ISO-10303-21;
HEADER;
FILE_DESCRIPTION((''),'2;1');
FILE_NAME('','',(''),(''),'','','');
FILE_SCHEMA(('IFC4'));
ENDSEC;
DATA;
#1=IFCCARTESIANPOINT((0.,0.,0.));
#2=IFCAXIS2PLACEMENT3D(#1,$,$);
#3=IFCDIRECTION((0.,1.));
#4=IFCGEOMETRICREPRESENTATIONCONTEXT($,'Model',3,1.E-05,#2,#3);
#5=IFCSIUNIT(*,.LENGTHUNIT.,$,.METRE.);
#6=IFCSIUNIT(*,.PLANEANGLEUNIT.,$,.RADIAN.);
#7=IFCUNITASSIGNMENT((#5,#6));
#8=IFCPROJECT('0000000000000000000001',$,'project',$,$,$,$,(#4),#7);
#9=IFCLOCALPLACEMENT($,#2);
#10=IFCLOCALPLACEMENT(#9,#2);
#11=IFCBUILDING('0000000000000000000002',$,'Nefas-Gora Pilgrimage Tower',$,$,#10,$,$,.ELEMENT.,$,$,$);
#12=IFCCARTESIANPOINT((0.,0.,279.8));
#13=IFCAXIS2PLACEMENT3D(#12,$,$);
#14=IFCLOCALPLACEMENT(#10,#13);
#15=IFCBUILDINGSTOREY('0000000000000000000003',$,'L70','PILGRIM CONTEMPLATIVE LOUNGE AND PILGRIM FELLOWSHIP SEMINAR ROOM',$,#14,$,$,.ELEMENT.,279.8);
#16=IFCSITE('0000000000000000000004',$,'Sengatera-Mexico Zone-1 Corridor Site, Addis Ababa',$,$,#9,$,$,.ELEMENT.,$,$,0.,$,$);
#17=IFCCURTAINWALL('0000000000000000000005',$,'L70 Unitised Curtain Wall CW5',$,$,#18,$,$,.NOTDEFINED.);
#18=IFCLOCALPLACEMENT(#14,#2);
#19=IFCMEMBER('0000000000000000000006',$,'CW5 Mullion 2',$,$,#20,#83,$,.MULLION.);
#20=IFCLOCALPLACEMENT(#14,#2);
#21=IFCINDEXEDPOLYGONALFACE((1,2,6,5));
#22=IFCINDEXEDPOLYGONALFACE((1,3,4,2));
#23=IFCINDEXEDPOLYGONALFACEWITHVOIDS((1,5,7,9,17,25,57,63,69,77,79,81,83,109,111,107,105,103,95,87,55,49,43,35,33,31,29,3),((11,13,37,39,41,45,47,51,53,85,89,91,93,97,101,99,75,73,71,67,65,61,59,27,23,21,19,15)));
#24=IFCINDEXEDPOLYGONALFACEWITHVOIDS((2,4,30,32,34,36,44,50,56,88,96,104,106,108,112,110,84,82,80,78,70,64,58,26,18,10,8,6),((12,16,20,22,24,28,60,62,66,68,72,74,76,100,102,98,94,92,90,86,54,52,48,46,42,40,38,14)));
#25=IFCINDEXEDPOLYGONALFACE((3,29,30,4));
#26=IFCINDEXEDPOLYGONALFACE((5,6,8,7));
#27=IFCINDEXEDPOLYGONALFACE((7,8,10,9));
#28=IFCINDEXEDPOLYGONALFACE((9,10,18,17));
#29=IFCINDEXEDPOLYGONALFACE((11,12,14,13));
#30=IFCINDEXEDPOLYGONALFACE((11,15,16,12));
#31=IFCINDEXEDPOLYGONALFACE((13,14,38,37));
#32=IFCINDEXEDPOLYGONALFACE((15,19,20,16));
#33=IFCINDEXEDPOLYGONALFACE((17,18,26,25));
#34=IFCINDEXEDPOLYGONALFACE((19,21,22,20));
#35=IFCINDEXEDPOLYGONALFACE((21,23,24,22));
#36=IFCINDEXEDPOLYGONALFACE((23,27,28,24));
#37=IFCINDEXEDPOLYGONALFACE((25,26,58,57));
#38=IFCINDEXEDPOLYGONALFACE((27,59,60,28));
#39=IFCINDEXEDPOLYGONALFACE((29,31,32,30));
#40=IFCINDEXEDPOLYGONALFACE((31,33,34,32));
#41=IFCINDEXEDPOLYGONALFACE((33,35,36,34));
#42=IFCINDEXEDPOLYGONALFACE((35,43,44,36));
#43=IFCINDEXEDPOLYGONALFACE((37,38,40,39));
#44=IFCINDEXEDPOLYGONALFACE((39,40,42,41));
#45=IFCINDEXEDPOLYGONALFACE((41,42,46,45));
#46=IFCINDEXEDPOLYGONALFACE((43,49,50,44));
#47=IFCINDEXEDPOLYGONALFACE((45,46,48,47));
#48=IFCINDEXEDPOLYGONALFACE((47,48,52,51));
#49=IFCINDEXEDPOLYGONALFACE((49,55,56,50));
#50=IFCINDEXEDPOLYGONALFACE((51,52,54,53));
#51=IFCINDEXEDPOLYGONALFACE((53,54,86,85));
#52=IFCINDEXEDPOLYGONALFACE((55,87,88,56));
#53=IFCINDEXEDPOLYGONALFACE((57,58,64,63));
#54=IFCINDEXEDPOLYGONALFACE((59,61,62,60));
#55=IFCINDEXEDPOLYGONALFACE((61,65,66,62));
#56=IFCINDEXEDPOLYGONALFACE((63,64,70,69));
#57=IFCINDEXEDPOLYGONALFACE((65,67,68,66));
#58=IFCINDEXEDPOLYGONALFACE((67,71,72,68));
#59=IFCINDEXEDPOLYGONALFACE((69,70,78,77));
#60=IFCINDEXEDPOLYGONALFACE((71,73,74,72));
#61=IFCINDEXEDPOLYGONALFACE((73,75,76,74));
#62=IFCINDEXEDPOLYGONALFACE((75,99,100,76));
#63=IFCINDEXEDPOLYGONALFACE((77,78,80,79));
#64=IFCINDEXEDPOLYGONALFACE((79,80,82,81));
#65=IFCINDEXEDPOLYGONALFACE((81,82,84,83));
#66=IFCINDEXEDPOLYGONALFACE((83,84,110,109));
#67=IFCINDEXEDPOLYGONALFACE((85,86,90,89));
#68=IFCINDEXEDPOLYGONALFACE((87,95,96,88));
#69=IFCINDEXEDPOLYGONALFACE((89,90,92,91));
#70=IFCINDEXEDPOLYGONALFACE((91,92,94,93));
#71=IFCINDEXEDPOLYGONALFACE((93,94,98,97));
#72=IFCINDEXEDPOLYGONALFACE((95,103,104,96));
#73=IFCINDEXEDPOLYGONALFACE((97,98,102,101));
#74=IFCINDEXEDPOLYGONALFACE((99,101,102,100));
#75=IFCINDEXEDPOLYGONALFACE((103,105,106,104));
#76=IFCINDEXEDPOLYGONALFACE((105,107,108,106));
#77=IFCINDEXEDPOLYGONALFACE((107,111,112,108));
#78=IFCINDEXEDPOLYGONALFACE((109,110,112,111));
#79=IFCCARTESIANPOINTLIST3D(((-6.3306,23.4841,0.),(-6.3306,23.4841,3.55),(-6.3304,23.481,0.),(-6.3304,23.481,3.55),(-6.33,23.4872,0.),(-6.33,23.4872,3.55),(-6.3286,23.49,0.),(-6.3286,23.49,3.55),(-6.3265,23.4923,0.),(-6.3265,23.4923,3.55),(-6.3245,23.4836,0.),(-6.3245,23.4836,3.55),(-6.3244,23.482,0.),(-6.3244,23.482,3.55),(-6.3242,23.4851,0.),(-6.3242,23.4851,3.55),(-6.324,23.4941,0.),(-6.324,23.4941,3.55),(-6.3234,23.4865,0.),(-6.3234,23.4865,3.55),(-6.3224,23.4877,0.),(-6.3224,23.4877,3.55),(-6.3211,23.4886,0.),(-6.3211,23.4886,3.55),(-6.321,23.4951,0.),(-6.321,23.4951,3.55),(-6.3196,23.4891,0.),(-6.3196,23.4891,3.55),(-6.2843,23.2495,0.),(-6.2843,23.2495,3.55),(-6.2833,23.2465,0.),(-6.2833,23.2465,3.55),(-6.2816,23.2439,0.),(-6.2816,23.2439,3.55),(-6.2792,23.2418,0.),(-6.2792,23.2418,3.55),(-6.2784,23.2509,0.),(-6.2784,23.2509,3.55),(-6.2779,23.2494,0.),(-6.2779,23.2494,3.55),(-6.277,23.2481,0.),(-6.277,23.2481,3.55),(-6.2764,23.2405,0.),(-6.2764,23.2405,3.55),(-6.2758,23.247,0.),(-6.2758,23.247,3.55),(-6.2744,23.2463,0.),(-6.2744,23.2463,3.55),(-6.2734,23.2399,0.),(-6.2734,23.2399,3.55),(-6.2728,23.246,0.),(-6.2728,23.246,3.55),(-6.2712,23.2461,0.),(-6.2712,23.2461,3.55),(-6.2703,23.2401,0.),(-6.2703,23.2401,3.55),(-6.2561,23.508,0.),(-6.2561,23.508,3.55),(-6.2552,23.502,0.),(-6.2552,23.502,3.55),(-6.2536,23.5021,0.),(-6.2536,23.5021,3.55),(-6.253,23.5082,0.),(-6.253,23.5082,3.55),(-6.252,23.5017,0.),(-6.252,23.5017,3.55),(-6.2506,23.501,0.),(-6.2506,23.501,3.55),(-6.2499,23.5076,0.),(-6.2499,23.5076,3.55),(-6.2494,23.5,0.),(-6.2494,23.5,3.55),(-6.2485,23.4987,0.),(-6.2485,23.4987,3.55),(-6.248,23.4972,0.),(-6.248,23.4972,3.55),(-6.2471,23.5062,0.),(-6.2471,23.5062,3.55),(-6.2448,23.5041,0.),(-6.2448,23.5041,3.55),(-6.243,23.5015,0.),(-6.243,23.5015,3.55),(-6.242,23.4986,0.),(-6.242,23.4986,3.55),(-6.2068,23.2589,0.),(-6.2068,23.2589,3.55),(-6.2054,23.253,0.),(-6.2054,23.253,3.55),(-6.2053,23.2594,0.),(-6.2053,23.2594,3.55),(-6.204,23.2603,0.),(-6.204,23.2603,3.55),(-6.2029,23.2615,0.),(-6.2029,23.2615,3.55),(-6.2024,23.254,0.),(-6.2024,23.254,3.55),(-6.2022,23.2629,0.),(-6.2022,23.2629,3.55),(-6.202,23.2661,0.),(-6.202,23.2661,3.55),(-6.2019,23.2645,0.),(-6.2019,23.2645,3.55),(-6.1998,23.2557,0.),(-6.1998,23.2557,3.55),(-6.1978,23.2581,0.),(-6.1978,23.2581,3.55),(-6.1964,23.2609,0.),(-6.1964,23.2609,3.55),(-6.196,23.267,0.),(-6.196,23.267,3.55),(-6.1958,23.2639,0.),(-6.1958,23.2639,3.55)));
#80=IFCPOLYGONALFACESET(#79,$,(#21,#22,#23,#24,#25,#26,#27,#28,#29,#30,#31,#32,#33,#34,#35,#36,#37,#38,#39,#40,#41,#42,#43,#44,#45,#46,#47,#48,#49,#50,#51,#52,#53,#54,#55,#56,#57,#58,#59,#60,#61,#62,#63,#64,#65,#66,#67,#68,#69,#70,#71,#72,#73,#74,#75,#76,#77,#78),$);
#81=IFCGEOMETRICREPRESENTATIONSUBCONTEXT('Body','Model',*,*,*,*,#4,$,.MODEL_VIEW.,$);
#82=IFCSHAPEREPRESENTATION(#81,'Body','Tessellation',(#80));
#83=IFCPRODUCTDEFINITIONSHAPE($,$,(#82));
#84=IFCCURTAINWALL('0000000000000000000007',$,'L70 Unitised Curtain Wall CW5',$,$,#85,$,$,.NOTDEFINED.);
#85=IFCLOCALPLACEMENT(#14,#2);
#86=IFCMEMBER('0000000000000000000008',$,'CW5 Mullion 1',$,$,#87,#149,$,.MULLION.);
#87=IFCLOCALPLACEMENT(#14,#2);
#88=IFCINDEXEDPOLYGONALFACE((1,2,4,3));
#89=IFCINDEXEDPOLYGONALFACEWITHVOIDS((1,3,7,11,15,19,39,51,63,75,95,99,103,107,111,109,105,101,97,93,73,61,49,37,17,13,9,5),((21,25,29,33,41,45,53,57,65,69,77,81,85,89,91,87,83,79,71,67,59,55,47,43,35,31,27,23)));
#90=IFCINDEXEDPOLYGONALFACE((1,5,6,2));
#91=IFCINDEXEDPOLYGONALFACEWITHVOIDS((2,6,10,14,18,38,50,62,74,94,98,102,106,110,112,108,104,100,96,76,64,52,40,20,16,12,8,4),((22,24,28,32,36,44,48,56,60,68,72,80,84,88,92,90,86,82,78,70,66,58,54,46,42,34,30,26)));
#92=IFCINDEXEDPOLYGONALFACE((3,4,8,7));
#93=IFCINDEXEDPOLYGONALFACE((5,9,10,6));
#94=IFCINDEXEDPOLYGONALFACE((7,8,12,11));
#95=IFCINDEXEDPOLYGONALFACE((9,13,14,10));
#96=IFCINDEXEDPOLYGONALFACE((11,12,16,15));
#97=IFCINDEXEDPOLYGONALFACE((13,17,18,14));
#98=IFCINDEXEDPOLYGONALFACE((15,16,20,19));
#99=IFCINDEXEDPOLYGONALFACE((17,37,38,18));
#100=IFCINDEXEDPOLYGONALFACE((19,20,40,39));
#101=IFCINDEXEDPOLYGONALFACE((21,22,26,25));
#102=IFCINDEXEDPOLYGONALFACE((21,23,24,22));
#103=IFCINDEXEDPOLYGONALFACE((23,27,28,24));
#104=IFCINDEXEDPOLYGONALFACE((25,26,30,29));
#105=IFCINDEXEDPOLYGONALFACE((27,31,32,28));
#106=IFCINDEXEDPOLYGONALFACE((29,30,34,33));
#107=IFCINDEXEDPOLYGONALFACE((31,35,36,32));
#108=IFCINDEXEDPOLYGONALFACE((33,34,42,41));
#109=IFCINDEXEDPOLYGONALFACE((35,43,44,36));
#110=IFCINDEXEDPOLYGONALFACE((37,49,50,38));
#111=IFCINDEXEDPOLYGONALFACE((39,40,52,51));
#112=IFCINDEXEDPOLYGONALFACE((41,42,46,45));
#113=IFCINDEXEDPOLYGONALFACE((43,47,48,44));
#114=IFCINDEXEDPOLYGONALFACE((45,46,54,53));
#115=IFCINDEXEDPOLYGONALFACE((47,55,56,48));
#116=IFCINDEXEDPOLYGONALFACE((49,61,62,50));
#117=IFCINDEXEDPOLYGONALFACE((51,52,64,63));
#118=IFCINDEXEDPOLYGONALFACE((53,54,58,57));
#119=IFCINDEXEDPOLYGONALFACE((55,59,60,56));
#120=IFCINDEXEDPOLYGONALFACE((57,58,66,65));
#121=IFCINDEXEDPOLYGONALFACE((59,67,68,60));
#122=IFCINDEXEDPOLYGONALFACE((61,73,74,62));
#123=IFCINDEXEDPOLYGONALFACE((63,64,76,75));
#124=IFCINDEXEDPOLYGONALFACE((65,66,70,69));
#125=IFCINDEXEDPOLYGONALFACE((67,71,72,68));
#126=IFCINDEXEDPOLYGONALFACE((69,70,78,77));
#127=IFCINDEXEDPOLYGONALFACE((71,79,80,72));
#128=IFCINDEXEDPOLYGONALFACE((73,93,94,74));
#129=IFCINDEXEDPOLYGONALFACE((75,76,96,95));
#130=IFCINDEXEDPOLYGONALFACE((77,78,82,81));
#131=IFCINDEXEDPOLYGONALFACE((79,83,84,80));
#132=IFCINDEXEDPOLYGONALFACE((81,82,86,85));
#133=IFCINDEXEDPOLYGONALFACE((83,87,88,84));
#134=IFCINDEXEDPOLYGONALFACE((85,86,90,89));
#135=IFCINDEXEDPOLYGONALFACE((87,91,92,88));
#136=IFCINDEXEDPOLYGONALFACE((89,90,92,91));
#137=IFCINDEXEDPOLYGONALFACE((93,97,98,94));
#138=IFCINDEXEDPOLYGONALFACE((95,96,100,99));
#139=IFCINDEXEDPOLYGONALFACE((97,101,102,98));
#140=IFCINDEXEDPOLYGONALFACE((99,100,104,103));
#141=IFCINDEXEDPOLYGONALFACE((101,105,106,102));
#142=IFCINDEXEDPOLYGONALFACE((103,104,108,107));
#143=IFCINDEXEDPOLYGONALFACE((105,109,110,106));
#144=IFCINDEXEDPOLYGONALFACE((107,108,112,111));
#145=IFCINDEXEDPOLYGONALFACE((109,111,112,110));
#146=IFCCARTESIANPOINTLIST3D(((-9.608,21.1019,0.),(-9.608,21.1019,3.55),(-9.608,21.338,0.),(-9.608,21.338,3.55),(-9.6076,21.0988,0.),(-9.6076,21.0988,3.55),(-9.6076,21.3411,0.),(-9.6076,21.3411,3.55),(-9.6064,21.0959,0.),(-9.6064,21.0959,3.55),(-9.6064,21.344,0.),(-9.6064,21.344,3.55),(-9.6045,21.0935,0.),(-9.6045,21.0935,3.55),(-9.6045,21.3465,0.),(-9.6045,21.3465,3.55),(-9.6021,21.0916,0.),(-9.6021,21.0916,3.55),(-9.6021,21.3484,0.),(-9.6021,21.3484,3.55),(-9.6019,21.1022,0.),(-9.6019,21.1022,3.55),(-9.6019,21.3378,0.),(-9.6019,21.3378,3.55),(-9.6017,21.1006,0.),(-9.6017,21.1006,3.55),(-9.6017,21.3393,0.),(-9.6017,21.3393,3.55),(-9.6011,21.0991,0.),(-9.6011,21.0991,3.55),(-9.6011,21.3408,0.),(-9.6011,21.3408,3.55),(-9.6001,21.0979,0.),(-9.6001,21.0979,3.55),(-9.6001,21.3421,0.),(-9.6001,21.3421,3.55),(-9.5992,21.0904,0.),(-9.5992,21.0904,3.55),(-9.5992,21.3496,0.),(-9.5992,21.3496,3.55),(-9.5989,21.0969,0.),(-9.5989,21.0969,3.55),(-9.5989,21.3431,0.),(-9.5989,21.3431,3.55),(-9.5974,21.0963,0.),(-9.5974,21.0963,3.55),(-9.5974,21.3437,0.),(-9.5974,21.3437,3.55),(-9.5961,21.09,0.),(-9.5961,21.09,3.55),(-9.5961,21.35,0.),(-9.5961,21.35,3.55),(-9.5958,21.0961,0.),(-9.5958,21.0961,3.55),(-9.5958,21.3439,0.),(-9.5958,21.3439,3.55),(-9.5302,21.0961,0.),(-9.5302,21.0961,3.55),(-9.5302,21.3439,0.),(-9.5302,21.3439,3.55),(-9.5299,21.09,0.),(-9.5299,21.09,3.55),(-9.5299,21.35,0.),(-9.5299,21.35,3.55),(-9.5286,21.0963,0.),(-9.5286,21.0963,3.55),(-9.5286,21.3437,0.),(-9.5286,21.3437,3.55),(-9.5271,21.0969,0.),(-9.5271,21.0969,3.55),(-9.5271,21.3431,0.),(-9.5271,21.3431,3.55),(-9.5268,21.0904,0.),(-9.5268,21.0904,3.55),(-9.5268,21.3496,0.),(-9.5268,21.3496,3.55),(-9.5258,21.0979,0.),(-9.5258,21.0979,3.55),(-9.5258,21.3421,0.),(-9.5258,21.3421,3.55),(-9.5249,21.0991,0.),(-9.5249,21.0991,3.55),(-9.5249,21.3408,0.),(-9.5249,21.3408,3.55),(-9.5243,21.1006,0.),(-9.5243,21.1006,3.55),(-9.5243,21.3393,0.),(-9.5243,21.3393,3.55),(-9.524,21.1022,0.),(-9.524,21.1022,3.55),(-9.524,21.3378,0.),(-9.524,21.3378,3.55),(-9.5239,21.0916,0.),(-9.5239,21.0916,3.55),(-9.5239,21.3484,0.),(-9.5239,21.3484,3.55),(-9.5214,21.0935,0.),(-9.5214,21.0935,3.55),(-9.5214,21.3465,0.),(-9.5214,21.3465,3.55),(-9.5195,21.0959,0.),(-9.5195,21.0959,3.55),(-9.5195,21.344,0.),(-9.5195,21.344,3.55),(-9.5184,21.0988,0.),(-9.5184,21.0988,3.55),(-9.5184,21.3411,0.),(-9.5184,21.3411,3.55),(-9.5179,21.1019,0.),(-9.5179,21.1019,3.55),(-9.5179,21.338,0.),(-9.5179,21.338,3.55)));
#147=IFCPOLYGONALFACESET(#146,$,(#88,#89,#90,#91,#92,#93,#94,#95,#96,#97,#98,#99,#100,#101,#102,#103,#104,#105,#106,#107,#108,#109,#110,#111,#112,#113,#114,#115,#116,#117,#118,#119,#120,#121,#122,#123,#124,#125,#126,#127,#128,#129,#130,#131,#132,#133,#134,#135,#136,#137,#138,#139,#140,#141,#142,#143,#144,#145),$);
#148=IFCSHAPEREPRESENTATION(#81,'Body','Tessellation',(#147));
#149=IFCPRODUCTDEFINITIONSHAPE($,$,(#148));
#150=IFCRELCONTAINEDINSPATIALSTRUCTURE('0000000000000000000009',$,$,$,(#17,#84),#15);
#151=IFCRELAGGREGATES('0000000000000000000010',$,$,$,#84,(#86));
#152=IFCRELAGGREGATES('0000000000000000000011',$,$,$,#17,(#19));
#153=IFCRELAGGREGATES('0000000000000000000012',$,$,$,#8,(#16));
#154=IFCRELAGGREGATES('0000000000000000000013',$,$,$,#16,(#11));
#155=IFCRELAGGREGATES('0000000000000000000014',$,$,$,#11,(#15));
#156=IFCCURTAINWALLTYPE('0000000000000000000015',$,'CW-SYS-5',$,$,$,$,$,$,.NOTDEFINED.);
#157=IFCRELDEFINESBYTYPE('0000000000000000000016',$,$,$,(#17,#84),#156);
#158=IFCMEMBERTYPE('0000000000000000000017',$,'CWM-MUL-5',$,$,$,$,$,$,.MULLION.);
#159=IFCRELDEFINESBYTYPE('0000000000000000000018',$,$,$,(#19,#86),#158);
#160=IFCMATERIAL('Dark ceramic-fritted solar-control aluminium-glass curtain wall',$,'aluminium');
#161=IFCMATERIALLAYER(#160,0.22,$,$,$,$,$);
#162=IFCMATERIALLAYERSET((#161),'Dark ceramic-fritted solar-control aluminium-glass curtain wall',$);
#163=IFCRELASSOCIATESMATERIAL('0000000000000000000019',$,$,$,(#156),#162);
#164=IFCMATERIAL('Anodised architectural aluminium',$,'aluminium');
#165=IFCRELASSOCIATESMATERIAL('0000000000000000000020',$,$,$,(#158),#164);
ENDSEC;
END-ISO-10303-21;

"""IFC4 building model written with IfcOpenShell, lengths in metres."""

from ifc_helpers import new_model, si_unit, direction, frame, origin, origin_2d, place, context, subcontext, project, spatial, hollow_rectangle, extrude, source, transform, mapped, material, layer, layer_set, material_profile, profile_set, type_object, element, aggregate, save


model = new_model("IFC4")

# Units and contexts
model_context = context("Model", 3, precision=1e-05, world=origin(), true_north=direction((0.0, 1.0)))
body_context = subcontext(model_context, "Body", "Model", "MODEL_VIEW")
ifc_project = project(units=[si_unit("LENGTHUNIT", "METRE"), si_unit("PLANEANGLEUNIT", "RADIAN")], contexts=[model_context])

# Site, building, storey
site_placement = place(None, origin())
site = spatial("IfcSite", under=ifc_project, at=site_placement, Name="Sengatera-Mexico Zone-1 Corridor Site, Addis Ababa", CompositionType="ELEMENT", RefElevation=0.0)
building_placement = place(site_placement, origin())
building = spatial("IfcBuilding", under=site, at=building_placement, Name="Nefas-Gora Pilgrimage Tower", CompositionType="ELEMENT")
storey_placement = place(building_placement, frame((0.0, 0.0, 279.8)))
storey = spatial("IfcBuildingStorey", under=building, at=storey_placement, Name="L70", Description="PILGRIM CONTEMPLATIVE LOUNGE AND PILGRIM FELLOWSHIP SEMINAR ROOM", CompositionType="ELEMENT", Elevation=279.8)

# Curtain walls, members
ifc_material_1 = material(Name="Dark ceramic-fritted solar-control aluminium-glass curtain wall", Category="aluminium")
ifc_layer_1 = layer(ifc_material_1, 0.22)
ifc_layer_set_1 = layer_set([ifc_layer_1], Name="Dark ceramic-fritted solar-control aluminium-glass curtain wall")
curtain_wall_type = type_object("IfcCurtainWallType", Name="CW-SYS-5", PredefinedType="NOTDEFINED", material=ifc_layer_set_1)
curtain_wall_1_placement = place(storey_placement, origin())
curtain_wall_1 = element("IfcCurtainWall", 1, at=curtain_wall_1_placement, inside=storey, type_object=curtain_wall_type, Name="L70 Unitised Curtain Wall CW5", PredefinedType="NOTDEFINED")
ifc_material_2 = material(Name="Anodised architectural aluminium", Category="aluminium")
ifc_material_profile_1 = material_profile(ifc_material_2, hollow_rectangle(XDim=0.0901, YDim=0.26, WallThickness=0.0061, InnerFilletRadius=0.0061, OuterFilletRadius=0.012, at=origin_2d()), Name="ALU MULLION 90x260")
ifc_profile_set_1 = profile_set([ifc_material_profile_1], Name="Anodised architectural aluminium")
member_type_1 = type_object("IfcMemberType", Name="CWM-MUL-5", PredefinedType="MULLION", material=ifc_profile_set_1)
shared_shape_1 = source(origin(), body_context, "Body", "SweptSolid", [
    extrude(hollow_rectangle(XDim=0.0901, YDim=0.26, WallThickness=0.0061, InnerFilletRadius=0.0061, OuterFilletRadius=0.012, at=origin_2d()), origin(), (0.0, 0.0, 1.0), 3.55),
])
member_1_placement = place(storey_placement, frame((-6.2632, 23.374, 0.0), z_axis=(0.0, 0.0, 1.0), x_axis=(-0.980783, -0.195102, 0.0)))
member_1 = element("IfcMember", 2, at=member_1_placement, type_object=member_type_1, Name="CW5 Mullion 2", PredefinedType="MULLION", context=body_context, shape_type="MappedRepresentation", body=[
    mapped(shared_shape_1, transform((0.0, 0.0, 0.0), x_axis=(1.0, 0.0, 0.0), y_axis=(0.0, 1.0, 0.0), z_axis=(0.0, 0.0, 1.0), scale=1.0)),
])
curtain_wall_2_placement = place(storey_placement, origin())
curtain_wall_2 = element("IfcCurtainWall", 3, at=curtain_wall_2_placement, inside=storey, type_object=curtain_wall_type, Name="L70 Unitised Curtain Wall CW5", PredefinedType="NOTDEFINED")
member_2_placement = place(storey_placement, frame((-9.563, 21.22, 0.0), z_axis=(0.0, 0.0, 1.0), x_axis=(-1.0, 0.0, 0.0)))
member_2 = element("IfcMember", 4, at=member_2_placement, type_object=member_type_1, Name="CW5 Mullion 1", PredefinedType="MULLION", context=body_context, shape_type="MappedRepresentation", body=[
    mapped(shared_shape_1, transform((0.0, 0.0, 0.0), x_axis=(1.0, 0.0, 0.0), y_axis=(0.0, 1.0, 0.0), z_axis=(0.0, 0.0, 1.0), scale=1.0)),
])
aggregate(curtain_wall_2, [member_2])

aggregate(curtain_wall_1, [member_1])

save(model, "model.ifc")
